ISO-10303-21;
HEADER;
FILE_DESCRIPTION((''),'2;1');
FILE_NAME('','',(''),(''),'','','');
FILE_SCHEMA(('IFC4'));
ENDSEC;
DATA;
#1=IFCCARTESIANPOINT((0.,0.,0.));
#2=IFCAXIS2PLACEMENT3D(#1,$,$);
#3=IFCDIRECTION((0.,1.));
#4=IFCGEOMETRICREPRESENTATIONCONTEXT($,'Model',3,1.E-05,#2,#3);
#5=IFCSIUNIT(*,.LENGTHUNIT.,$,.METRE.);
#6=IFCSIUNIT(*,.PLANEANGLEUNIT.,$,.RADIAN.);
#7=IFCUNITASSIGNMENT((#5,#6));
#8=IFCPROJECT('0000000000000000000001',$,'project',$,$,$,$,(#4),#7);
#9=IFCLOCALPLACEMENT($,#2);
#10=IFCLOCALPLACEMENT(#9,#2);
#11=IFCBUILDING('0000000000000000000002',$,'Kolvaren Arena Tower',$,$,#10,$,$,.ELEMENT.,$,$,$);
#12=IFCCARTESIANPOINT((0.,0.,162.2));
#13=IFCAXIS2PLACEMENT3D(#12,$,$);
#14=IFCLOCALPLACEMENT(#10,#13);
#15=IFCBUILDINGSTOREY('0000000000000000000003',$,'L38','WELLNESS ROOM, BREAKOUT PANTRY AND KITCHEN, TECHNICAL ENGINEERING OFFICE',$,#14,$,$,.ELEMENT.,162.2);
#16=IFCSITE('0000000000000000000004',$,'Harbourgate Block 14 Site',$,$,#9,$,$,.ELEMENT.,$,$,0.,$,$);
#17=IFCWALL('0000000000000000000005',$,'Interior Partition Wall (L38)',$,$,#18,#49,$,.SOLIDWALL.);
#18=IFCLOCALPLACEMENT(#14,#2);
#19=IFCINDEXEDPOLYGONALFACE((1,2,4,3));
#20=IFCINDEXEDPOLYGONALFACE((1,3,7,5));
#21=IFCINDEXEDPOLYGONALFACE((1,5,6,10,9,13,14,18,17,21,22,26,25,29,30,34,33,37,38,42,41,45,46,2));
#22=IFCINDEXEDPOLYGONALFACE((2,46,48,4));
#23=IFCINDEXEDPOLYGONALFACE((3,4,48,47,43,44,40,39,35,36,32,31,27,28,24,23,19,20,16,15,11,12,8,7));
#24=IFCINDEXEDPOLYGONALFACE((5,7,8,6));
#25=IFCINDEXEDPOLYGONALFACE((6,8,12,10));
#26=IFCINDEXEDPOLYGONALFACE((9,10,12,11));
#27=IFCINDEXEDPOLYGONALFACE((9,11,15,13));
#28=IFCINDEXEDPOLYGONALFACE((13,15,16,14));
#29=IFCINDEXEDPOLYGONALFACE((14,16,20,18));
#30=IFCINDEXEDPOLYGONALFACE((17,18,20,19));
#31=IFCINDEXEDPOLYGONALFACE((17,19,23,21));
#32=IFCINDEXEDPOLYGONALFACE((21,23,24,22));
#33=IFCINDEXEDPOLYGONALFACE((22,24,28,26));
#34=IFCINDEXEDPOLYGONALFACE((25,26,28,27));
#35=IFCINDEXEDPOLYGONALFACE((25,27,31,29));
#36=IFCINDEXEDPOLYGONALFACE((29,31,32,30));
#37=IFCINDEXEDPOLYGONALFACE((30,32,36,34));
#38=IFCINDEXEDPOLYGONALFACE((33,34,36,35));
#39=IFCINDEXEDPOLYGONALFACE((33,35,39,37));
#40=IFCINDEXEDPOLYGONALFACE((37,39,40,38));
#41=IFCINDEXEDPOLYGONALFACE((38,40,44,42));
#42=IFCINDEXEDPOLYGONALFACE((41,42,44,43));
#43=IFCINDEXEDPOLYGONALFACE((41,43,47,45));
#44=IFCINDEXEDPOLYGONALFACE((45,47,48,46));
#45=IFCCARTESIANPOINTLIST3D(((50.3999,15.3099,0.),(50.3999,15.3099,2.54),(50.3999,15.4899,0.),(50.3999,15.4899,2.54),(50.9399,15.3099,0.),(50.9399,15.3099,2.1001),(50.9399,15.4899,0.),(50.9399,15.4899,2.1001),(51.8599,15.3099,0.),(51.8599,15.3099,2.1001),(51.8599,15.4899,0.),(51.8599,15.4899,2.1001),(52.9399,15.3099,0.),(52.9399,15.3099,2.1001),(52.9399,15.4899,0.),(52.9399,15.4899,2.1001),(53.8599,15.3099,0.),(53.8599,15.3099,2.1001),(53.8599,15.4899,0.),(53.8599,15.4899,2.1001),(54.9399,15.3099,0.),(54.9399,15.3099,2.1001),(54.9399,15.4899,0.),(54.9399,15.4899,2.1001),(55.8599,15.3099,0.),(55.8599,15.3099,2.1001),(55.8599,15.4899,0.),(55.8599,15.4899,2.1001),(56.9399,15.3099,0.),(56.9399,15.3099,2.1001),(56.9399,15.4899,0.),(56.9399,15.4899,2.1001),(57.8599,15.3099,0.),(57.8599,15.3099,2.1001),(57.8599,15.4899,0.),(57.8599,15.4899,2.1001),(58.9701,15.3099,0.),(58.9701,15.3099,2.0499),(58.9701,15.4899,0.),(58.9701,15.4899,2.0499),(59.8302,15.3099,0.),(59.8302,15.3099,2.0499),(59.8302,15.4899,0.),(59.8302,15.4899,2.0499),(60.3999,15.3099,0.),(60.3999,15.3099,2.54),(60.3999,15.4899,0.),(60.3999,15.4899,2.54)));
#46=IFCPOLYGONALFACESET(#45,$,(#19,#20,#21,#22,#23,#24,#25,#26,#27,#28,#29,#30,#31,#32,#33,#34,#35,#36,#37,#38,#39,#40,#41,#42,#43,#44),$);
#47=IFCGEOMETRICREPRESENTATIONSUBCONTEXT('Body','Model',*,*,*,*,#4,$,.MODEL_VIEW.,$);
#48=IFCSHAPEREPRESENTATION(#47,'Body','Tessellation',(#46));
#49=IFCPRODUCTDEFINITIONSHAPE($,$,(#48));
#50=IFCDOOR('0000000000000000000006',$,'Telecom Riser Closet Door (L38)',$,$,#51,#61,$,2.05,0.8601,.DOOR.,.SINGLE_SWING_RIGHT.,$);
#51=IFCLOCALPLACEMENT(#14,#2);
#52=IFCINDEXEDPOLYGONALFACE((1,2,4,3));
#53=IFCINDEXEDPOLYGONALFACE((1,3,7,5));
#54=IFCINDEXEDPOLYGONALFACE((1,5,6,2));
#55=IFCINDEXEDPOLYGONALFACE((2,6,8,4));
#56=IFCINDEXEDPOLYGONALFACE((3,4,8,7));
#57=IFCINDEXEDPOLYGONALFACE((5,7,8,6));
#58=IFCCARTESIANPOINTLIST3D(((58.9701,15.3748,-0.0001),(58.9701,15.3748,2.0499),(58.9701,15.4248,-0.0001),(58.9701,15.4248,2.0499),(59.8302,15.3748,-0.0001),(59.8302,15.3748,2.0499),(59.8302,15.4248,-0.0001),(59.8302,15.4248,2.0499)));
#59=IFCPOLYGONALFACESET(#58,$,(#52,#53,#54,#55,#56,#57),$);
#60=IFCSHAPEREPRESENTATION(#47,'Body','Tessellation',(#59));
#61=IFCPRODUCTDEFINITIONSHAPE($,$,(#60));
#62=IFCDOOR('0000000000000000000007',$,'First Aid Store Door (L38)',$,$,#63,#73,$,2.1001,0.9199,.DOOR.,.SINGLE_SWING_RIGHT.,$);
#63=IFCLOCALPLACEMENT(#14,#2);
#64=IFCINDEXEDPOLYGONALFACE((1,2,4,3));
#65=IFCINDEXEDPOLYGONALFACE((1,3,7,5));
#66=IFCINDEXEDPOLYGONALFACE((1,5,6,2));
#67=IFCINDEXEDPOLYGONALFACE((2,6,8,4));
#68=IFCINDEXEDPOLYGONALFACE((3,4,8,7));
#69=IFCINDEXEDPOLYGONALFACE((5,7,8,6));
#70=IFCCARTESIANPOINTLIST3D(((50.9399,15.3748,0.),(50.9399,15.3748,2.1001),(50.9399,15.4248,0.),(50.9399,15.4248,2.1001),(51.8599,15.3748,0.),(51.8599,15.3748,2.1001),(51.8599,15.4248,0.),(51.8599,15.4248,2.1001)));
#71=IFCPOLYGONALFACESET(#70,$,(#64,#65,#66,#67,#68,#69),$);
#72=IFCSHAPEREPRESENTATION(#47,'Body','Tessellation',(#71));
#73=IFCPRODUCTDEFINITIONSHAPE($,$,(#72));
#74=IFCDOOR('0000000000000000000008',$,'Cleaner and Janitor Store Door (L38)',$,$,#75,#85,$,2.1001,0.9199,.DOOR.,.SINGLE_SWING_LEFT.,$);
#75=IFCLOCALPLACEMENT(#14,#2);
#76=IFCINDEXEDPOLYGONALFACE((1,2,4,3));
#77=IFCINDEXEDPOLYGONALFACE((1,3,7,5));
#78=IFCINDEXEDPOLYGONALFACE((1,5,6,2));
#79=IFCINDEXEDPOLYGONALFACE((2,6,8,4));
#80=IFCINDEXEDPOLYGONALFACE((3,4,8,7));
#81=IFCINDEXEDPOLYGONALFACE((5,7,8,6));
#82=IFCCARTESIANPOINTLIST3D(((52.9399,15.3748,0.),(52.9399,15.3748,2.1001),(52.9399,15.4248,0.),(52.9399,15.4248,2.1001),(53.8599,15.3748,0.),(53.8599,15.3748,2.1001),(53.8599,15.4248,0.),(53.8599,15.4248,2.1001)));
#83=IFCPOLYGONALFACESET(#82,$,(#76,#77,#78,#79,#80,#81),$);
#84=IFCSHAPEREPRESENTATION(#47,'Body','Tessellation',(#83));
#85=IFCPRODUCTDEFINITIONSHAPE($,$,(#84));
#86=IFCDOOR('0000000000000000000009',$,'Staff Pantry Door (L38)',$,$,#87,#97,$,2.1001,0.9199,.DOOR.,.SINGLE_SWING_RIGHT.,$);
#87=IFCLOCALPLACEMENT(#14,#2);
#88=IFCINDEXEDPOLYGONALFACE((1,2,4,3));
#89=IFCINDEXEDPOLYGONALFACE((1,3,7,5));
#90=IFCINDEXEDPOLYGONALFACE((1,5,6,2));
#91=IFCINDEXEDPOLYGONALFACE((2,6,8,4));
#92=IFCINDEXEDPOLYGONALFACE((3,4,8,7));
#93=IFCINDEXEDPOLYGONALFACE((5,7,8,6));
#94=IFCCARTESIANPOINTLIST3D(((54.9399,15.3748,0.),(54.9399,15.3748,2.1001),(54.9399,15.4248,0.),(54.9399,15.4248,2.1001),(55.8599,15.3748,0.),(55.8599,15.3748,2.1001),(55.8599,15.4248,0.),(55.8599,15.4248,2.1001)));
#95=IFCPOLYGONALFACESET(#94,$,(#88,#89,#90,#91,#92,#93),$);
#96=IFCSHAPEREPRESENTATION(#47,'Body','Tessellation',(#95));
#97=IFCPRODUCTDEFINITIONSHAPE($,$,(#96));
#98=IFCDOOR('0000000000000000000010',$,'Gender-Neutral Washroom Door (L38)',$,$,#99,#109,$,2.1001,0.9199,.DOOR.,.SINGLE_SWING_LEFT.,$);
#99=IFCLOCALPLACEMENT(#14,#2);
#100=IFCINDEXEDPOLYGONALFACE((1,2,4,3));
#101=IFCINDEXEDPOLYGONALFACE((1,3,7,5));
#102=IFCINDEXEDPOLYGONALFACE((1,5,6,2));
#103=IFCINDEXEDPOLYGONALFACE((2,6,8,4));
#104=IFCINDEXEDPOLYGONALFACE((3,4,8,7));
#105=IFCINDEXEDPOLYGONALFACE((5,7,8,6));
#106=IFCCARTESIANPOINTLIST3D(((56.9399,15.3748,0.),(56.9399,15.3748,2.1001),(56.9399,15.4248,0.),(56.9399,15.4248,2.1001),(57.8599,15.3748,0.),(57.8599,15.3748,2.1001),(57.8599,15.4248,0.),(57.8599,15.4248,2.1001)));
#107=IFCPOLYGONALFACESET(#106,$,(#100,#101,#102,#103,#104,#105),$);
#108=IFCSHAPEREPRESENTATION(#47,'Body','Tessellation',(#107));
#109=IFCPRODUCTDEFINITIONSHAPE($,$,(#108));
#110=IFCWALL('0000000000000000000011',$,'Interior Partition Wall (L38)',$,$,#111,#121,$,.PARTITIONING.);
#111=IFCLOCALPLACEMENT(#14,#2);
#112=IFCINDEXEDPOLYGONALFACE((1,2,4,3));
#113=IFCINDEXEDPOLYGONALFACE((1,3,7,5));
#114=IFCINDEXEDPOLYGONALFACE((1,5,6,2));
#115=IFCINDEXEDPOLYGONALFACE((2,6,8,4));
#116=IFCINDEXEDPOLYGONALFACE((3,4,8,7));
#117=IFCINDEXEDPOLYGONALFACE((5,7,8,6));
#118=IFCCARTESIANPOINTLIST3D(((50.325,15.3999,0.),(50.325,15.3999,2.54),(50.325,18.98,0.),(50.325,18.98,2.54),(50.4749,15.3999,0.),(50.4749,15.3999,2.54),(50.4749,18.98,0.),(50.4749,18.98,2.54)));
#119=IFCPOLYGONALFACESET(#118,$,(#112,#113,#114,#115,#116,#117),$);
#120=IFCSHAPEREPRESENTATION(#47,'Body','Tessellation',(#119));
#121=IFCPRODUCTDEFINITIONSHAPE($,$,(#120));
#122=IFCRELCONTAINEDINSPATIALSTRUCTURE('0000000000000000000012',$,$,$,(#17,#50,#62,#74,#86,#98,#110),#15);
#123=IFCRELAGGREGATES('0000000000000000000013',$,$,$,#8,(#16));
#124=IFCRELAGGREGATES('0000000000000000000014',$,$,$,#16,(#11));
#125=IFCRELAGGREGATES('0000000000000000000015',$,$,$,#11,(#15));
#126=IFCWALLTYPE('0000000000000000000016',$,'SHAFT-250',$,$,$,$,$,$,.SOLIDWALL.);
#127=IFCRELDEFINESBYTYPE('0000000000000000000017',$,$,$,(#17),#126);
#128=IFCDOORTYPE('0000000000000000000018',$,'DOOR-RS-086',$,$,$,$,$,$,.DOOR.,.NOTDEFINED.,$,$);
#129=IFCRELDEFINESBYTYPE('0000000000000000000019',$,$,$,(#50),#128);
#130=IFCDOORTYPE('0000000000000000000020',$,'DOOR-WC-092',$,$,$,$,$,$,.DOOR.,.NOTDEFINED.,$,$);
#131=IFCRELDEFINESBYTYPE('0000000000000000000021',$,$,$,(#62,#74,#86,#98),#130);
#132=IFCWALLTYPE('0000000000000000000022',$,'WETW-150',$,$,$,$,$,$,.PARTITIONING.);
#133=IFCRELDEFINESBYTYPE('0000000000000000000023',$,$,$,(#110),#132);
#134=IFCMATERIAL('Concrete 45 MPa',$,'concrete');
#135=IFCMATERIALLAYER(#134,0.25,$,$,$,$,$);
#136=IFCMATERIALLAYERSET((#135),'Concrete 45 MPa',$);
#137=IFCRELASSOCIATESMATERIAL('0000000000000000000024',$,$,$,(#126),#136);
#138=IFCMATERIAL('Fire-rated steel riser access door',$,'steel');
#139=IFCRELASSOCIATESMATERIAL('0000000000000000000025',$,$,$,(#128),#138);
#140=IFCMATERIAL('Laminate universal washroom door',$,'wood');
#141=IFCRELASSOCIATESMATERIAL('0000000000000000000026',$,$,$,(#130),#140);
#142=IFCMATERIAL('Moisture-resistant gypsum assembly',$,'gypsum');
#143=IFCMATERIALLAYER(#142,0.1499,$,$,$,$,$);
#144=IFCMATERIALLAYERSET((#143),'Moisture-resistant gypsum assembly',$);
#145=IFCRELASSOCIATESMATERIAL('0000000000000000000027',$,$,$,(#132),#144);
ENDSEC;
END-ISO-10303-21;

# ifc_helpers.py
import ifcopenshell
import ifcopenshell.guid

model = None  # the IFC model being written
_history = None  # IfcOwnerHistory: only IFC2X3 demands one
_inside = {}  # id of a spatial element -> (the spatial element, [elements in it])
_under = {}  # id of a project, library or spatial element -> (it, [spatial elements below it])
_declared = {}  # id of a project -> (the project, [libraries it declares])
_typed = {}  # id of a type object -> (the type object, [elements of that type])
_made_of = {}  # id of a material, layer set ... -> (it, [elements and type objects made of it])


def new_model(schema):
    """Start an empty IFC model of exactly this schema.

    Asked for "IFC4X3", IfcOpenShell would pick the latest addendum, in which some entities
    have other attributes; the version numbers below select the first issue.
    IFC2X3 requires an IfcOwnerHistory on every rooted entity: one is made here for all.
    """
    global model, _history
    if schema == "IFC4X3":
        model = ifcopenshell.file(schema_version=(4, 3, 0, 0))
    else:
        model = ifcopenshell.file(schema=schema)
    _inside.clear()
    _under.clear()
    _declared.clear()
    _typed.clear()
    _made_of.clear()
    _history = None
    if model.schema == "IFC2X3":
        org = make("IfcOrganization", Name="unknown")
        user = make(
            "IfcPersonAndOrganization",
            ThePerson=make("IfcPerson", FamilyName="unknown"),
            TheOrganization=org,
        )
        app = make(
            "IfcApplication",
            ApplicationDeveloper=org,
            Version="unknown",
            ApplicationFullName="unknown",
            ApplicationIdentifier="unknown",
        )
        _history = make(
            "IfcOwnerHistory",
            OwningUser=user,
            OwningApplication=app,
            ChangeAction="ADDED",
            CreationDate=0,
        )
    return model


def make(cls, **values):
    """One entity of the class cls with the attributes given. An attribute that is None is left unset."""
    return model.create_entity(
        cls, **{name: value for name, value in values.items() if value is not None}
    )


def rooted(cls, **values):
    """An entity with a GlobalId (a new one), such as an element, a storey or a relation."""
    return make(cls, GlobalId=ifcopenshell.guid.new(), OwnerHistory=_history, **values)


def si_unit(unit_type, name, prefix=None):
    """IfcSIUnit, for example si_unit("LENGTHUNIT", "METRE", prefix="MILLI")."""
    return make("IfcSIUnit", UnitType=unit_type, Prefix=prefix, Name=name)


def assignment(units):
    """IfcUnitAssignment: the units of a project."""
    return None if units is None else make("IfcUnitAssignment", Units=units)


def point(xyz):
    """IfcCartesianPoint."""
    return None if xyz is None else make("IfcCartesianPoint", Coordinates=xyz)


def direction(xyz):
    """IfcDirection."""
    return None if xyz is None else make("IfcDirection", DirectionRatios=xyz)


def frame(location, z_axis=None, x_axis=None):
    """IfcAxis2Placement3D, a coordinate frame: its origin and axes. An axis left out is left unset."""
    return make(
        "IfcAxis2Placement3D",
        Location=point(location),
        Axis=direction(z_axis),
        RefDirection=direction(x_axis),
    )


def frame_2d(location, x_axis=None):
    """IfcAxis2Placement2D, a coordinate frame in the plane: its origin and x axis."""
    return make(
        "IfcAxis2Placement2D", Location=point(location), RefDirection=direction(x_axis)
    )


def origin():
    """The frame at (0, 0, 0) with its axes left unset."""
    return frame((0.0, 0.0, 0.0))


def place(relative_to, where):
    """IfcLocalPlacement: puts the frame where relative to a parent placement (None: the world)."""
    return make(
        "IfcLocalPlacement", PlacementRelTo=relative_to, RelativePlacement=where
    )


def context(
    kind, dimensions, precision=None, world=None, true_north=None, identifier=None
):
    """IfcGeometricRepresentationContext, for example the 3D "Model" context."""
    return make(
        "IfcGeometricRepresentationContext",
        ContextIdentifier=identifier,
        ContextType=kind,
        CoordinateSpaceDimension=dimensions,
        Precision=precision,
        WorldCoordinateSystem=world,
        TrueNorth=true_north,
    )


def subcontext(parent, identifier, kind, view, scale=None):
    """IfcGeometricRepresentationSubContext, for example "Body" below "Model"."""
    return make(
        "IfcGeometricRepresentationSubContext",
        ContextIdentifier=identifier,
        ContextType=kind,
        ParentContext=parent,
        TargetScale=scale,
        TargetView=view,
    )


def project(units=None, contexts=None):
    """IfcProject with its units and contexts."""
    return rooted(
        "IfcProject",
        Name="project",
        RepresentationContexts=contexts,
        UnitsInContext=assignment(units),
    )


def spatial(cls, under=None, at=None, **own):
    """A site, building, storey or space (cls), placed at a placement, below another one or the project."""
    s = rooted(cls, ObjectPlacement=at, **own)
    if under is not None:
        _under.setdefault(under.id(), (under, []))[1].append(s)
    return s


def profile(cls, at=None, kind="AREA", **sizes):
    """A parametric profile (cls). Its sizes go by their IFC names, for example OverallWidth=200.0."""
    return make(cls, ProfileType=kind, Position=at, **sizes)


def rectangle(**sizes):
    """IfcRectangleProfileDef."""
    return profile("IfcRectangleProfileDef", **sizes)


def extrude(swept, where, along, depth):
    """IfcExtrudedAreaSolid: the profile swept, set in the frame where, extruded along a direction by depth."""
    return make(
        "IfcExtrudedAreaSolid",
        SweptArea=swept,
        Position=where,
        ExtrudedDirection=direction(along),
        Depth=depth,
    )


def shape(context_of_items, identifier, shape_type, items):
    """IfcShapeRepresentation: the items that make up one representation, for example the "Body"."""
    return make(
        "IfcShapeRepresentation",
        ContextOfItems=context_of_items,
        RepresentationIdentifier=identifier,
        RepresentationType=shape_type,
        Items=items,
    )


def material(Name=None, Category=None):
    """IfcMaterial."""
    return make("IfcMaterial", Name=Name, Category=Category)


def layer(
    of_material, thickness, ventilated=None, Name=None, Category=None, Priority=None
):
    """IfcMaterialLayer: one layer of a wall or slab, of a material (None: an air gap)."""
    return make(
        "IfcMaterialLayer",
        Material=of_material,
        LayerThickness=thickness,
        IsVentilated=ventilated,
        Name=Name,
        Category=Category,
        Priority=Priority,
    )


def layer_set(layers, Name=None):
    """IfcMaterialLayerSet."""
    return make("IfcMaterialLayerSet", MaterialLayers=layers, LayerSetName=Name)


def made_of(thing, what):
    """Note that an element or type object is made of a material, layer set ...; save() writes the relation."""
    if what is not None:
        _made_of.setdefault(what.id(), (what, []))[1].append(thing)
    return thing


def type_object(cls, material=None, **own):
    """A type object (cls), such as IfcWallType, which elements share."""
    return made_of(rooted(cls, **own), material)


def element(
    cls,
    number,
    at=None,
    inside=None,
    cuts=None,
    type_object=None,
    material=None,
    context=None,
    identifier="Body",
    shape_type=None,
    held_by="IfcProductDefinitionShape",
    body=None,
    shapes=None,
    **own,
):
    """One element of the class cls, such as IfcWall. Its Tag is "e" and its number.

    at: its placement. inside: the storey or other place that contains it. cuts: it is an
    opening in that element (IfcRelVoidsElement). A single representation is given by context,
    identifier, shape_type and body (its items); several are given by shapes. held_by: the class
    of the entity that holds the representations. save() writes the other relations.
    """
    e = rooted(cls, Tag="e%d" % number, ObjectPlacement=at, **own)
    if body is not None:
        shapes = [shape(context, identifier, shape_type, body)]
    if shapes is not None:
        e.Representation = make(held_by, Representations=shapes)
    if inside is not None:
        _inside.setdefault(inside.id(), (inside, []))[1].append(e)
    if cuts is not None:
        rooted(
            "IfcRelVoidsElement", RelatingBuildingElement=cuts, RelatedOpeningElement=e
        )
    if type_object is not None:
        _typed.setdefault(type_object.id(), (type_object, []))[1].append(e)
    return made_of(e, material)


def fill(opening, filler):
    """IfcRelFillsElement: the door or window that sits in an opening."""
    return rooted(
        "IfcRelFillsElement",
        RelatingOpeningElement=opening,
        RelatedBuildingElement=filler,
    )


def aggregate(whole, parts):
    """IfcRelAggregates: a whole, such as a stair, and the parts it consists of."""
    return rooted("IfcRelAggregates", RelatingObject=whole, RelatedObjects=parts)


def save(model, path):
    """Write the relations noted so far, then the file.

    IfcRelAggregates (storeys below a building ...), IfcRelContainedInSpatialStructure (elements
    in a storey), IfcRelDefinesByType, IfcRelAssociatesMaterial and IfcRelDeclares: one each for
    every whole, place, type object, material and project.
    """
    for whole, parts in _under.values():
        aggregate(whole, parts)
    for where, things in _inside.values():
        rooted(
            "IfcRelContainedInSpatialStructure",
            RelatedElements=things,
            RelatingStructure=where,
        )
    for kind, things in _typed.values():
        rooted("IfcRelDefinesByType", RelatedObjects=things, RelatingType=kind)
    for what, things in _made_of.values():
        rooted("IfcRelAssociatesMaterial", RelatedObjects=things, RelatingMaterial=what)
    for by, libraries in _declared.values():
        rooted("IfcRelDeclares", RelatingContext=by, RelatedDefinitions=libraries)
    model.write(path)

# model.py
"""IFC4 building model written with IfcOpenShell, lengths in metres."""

from ifc_helpers import new_model, si_unit, direction, frame, frame_2d, origin, place, context, subcontext, project, spatial, rectangle, extrude, material, layer, layer_set, type_object, element, fill, save


model = new_model("IFC4")

# Units and contexts
model_context = context("Model", 3, precision=1e-05, world=origin(), true_north=direction((0.0, 1.0)))
body_context = subcontext(model_context, "Body", "Model", "MODEL_VIEW")
ifc_project = project(units=[si_unit("LENGTHUNIT", "METRE"), si_unit("PLANEANGLEUNIT", "RADIAN")], contexts=[model_context])

# Site, building, storey
site_placement = place(None, origin())
site = spatial("IfcSite", under=ifc_project, at=site_placement, Name="Harbourgate Block 14 Site", CompositionType="ELEMENT", RefElevation=0.0)
building_placement = place(site_placement, origin())
building = spatial("IfcBuilding", under=site, at=building_placement, Name="Kolvaren Arena Tower", CompositionType="ELEMENT")
storey_placement = place(building_placement, frame((0.0, 0.0, 162.2)))
storey = spatial("IfcBuildingStorey", under=building, at=storey_placement, Name="L38", Description="WELLNESS ROOM, BREAKOUT PANTRY AND KITCHEN, TECHNICAL ENGINEERING OFFICE", CompositionType="ELEMENT", Elevation=162.2)

# Wall, openings, doors
ifc_material_1 = material(Name="Concrete 45 MPa", Category="concrete")
ifc_layer_1 = layer(ifc_material_1, 0.25)
ifc_layer_set_1 = layer_set([ifc_layer_1], Name="Concrete 45 MPa")
wall_type_1 = type_object("IfcWallType", Name="SHAFT-250", PredefinedType="SOLIDWALL", material=ifc_layer_set_1)
wall_1_placement = place(storey_placement, frame((50.3999, 15.3999, 0.0), z_axis=(0.0, 0.0, 1.0), x_axis=(1.0, 0.0, 0.0)))
wall_1 = element("IfcWall", 1, at=wall_1_placement, inside=storey, type_object=wall_type_1, Name="Interior Partition Wall (L38)", PredefinedType="SOLIDWALL", context=body_context, shape_type="SweptSolid", body=[
    extrude(rectangle(XDim=10.0, YDim=0.1799, at=frame_2d((5.0, 0.0))), origin(), (0.0, 0.0, 1.0), 2.54),
])
opening_1_placement = place(wall_1_placement, frame((0.54, 0.0, 0.0)))
opening_1 = element("IfcOpeningElement", 2, at=opening_1_placement, cuts=wall_1, PredefinedType="OPENING", context=body_context, shape_type="SweptSolid", body=[
    extrude(rectangle(XDim=0.9199, YDim=2.1001, at=frame_2d((0.46, 1.05))), frame((0.0, 0.0999, 0.0), z_axis=(0.0, -1.0, 0.0), x_axis=(1.0, 0.0, 0.0)), (0.0, 0.0, 1.0), 0.2),
])
opening_2_placement = place(wall_1_placement, frame((2.54, 0.0, 0.0)))
opening_2 = element("IfcOpeningElement", 3, at=opening_2_placement, cuts=wall_1, PredefinedType="OPENING", context=body_context, shape_type="SweptSolid", body=[
    extrude(rectangle(XDim=0.9199, YDim=2.1001, at=frame_2d((0.46, 1.05))), frame((0.0, 0.0999, 0.0), z_axis=(0.0, -1.0, 0.0), x_axis=(1.0, 0.0, 0.0)), (0.0, 0.0, 1.0), 0.2),
])
opening_3_placement = place(wall_1_placement, frame((4.54, 0.0, 0.0)))
opening_3 = element("IfcOpeningElement", 4, at=opening_3_placement, cuts=wall_1, PredefinedType="OPENING", context=body_context, shape_type="SweptSolid", body=[
    extrude(rectangle(XDim=0.9199, YDim=2.1001, at=frame_2d((0.46, 1.05))), frame((0.0, 0.0999, 0.0), z_axis=(0.0, -1.0, 0.0), x_axis=(1.0, 0.0, 0.0)), (0.0, 0.0, 1.0), 0.2),
])
opening_4_placement = place(wall_1_placement, frame((6.54, 0.0, 0.0)))
opening_4 = element("IfcOpeningElement", 5, at=opening_4_placement, cuts=wall_1, PredefinedType="OPENING", context=body_context, shape_type="SweptSolid", body=[
    extrude(rectangle(XDim=0.9199, YDim=2.1001, at=frame_2d((0.46, 1.05))), frame((0.0, 0.0999, 0.0), z_axis=(0.0, -1.0, 0.0), x_axis=(1.0, 0.0, 0.0)), (0.0, 0.0, 1.0), 0.2),
])
opening_5_placement = place(wall_1_placement, frame((8.5701, 0.0, 0.0)))
opening_5 = element("IfcOpeningElement", 6, at=opening_5_placement, cuts=wall_1, PredefinedType="OPENING", context=body_context, shape_type="SweptSolid", body=[
    extrude(rectangle(XDim=0.8601, YDim=2.05, at=frame_2d((0.4302, 1.0249))), frame((0.0, 0.0999, 0.0), z_axis=(0.0, -1.0, 0.0), x_axis=(1.0, 0.0, 0.0)), (0.0, 0.0, 1.0), 0.2),
])
ifc_material_2 = material(Name="Fire-rated steel riser access door", Category="steel")
door_type_1 = type_object("IfcDoorType", Name="DOOR-RS-086", OperationType="NOTDEFINED", PredefinedType="DOOR", material=ifc_material_2)
door_1_placement = place(opening_5_placement, origin())
door_1 = element("IfcDoor", 7, at=door_1_placement, inside=storey, type_object=door_type_1, Name="Telecom Riser Closet Door (L38)", OperationType="SINGLE_SWING_RIGHT", OverallHeight=2.05, OverallWidth=0.8601, PredefinedType="DOOR", context=body_context, shape_type="SweptSolid", body=[
    extrude(rectangle(XDim=0.8601, YDim=2.05, at=frame_2d((0.4302, 1.0249))), frame((0.0, 0.0249, 0.0), z_axis=(0.0, -1.0, 0.0), x_axis=(1.0, 0.0, 0.0)), (0.0, 0.0, 1.0), 0.05),
])
fill(opening_5, door_1)
ifc_material_3 = material(Name="Laminate universal washroom door", Category="wood")
door_type_2 = type_object("IfcDoorType", Name="DOOR-WC-092", OperationType="NOTDEFINED", PredefinedType="DOOR", material=ifc_material_3)
door_2_placement = place(opening_1_placement, origin())
door_2 = element("IfcDoor", 8, at=door_2_placement, inside=storey, type_object=door_type_2, Name="First Aid Store Door (L38)", OperationType="SINGLE_SWING_RIGHT", OverallHeight=2.1001, OverallWidth=0.9199, PredefinedType="DOOR", context=body_context, shape_type="SweptSolid", body=[
    extrude(rectangle(XDim=0.9199, YDim=2.1001, at=frame_2d((0.46, 1.05))), frame((0.0, 0.0249, 0.0), z_axis=(0.0, -1.0, 0.0), x_axis=(1.0, 0.0, 0.0)), (0.0, 0.0, 1.0), 0.05),
])
fill(opening_1, door_2)
door_3_placement = place(opening_2_placement, origin())
door_3 = element("IfcDoor", 9, at=door_3_placement, inside=storey, type_object=door_type_2, Name="Cleaner and Janitor Store Door (L38)", OperationType="SINGLE_SWING_LEFT", OverallHeight=2.1001, OverallWidth=0.9199, PredefinedType="DOOR", context=body_context, shape_type="SweptSolid", body=[
    extrude(rectangle(XDim=0.9199, YDim=2.1001, at=frame_2d((0.46, 1.05))), frame((0.0, 0.0249, 0.0), z_axis=(0.0, -1.0, 0.0), x_axis=(1.0, 0.0, 0.0)), (0.0, 0.0, 1.0), 0.05),
])
fill(opening_2, door_3)
door_4_placement = place(opening_3_placement, origin())
door_4 = element("IfcDoor", 10, at=door_4_placement, inside=storey, type_object=door_type_2, Name="Staff Pantry Door (L38)", OperationType="SINGLE_SWING_RIGHT", OverallHeight=2.1001, OverallWidth=0.9199, PredefinedType="DOOR", context=body_context, shape_type="SweptSolid", body=[
    extrude(rectangle(XDim=0.9199, YDim=2.1001, at=frame_2d((0.46, 1.05))), frame((0.0, 0.0249, 0.0), z_axis=(0.0, -1.0, 0.0), x_axis=(1.0, 0.0, 0.0)), (0.0, 0.0, 1.0), 0.05),
])
fill(opening_3, door_4)
door_5_placement = place(opening_4_placement, origin())
door_5 = element("IfcDoor", 11, at=door_5_placement, inside=storey, type_object=door_type_2, Name="Gender-Neutral Washroom Door (L38)", OperationType="SINGLE_SWING_LEFT", OverallHeight=2.1001, OverallWidth=0.9199, PredefinedType="DOOR", context=body_context, shape_type="SweptSolid", body=[
    extrude(rectangle(XDim=0.9199, YDim=2.1001, at=frame_2d((0.46, 1.05))), frame((0.0, 0.0249, 0.0), z_axis=(0.0, -1.0, 0.0), x_axis=(1.0, 0.0, 0.0)), (0.0, 0.0, 1.0), 0.05),
])
fill(opening_4, door_5)

# Wall
ifc_material_4 = material(Name="Moisture-resistant gypsum assembly", Category="gypsum")
ifc_layer_2 = layer(ifc_material_4, 0.1499)
ifc_layer_set_2 = layer_set([ifc_layer_2], Name="Moisture-resistant gypsum assembly")
wall_type_2 = type_object("IfcWallType", Name="WETW-150", PredefinedType="PARTITIONING", material=ifc_layer_set_2)
wall_2_placement = place(storey_placement, frame((50.3999, 15.3999, 0.0), z_axis=(0.0, 0.0, 1.0), x_axis=(0.0, 1.0, 0.0)))
element("IfcWall", 12, at=wall_2_placement, inside=storey, type_object=wall_type_2, Name="Interior Partition Wall (L38)", PredefinedType="PARTITIONING", context=body_context, shape_type="SweptSolid", body=[
    extrude(rectangle(XDim=3.5801, YDim=0.1499, at=frame_2d((1.79, 0.0))), origin(), (0.0, 0.0, 1.0), 2.54),
])

save(model, "model.ifc")
